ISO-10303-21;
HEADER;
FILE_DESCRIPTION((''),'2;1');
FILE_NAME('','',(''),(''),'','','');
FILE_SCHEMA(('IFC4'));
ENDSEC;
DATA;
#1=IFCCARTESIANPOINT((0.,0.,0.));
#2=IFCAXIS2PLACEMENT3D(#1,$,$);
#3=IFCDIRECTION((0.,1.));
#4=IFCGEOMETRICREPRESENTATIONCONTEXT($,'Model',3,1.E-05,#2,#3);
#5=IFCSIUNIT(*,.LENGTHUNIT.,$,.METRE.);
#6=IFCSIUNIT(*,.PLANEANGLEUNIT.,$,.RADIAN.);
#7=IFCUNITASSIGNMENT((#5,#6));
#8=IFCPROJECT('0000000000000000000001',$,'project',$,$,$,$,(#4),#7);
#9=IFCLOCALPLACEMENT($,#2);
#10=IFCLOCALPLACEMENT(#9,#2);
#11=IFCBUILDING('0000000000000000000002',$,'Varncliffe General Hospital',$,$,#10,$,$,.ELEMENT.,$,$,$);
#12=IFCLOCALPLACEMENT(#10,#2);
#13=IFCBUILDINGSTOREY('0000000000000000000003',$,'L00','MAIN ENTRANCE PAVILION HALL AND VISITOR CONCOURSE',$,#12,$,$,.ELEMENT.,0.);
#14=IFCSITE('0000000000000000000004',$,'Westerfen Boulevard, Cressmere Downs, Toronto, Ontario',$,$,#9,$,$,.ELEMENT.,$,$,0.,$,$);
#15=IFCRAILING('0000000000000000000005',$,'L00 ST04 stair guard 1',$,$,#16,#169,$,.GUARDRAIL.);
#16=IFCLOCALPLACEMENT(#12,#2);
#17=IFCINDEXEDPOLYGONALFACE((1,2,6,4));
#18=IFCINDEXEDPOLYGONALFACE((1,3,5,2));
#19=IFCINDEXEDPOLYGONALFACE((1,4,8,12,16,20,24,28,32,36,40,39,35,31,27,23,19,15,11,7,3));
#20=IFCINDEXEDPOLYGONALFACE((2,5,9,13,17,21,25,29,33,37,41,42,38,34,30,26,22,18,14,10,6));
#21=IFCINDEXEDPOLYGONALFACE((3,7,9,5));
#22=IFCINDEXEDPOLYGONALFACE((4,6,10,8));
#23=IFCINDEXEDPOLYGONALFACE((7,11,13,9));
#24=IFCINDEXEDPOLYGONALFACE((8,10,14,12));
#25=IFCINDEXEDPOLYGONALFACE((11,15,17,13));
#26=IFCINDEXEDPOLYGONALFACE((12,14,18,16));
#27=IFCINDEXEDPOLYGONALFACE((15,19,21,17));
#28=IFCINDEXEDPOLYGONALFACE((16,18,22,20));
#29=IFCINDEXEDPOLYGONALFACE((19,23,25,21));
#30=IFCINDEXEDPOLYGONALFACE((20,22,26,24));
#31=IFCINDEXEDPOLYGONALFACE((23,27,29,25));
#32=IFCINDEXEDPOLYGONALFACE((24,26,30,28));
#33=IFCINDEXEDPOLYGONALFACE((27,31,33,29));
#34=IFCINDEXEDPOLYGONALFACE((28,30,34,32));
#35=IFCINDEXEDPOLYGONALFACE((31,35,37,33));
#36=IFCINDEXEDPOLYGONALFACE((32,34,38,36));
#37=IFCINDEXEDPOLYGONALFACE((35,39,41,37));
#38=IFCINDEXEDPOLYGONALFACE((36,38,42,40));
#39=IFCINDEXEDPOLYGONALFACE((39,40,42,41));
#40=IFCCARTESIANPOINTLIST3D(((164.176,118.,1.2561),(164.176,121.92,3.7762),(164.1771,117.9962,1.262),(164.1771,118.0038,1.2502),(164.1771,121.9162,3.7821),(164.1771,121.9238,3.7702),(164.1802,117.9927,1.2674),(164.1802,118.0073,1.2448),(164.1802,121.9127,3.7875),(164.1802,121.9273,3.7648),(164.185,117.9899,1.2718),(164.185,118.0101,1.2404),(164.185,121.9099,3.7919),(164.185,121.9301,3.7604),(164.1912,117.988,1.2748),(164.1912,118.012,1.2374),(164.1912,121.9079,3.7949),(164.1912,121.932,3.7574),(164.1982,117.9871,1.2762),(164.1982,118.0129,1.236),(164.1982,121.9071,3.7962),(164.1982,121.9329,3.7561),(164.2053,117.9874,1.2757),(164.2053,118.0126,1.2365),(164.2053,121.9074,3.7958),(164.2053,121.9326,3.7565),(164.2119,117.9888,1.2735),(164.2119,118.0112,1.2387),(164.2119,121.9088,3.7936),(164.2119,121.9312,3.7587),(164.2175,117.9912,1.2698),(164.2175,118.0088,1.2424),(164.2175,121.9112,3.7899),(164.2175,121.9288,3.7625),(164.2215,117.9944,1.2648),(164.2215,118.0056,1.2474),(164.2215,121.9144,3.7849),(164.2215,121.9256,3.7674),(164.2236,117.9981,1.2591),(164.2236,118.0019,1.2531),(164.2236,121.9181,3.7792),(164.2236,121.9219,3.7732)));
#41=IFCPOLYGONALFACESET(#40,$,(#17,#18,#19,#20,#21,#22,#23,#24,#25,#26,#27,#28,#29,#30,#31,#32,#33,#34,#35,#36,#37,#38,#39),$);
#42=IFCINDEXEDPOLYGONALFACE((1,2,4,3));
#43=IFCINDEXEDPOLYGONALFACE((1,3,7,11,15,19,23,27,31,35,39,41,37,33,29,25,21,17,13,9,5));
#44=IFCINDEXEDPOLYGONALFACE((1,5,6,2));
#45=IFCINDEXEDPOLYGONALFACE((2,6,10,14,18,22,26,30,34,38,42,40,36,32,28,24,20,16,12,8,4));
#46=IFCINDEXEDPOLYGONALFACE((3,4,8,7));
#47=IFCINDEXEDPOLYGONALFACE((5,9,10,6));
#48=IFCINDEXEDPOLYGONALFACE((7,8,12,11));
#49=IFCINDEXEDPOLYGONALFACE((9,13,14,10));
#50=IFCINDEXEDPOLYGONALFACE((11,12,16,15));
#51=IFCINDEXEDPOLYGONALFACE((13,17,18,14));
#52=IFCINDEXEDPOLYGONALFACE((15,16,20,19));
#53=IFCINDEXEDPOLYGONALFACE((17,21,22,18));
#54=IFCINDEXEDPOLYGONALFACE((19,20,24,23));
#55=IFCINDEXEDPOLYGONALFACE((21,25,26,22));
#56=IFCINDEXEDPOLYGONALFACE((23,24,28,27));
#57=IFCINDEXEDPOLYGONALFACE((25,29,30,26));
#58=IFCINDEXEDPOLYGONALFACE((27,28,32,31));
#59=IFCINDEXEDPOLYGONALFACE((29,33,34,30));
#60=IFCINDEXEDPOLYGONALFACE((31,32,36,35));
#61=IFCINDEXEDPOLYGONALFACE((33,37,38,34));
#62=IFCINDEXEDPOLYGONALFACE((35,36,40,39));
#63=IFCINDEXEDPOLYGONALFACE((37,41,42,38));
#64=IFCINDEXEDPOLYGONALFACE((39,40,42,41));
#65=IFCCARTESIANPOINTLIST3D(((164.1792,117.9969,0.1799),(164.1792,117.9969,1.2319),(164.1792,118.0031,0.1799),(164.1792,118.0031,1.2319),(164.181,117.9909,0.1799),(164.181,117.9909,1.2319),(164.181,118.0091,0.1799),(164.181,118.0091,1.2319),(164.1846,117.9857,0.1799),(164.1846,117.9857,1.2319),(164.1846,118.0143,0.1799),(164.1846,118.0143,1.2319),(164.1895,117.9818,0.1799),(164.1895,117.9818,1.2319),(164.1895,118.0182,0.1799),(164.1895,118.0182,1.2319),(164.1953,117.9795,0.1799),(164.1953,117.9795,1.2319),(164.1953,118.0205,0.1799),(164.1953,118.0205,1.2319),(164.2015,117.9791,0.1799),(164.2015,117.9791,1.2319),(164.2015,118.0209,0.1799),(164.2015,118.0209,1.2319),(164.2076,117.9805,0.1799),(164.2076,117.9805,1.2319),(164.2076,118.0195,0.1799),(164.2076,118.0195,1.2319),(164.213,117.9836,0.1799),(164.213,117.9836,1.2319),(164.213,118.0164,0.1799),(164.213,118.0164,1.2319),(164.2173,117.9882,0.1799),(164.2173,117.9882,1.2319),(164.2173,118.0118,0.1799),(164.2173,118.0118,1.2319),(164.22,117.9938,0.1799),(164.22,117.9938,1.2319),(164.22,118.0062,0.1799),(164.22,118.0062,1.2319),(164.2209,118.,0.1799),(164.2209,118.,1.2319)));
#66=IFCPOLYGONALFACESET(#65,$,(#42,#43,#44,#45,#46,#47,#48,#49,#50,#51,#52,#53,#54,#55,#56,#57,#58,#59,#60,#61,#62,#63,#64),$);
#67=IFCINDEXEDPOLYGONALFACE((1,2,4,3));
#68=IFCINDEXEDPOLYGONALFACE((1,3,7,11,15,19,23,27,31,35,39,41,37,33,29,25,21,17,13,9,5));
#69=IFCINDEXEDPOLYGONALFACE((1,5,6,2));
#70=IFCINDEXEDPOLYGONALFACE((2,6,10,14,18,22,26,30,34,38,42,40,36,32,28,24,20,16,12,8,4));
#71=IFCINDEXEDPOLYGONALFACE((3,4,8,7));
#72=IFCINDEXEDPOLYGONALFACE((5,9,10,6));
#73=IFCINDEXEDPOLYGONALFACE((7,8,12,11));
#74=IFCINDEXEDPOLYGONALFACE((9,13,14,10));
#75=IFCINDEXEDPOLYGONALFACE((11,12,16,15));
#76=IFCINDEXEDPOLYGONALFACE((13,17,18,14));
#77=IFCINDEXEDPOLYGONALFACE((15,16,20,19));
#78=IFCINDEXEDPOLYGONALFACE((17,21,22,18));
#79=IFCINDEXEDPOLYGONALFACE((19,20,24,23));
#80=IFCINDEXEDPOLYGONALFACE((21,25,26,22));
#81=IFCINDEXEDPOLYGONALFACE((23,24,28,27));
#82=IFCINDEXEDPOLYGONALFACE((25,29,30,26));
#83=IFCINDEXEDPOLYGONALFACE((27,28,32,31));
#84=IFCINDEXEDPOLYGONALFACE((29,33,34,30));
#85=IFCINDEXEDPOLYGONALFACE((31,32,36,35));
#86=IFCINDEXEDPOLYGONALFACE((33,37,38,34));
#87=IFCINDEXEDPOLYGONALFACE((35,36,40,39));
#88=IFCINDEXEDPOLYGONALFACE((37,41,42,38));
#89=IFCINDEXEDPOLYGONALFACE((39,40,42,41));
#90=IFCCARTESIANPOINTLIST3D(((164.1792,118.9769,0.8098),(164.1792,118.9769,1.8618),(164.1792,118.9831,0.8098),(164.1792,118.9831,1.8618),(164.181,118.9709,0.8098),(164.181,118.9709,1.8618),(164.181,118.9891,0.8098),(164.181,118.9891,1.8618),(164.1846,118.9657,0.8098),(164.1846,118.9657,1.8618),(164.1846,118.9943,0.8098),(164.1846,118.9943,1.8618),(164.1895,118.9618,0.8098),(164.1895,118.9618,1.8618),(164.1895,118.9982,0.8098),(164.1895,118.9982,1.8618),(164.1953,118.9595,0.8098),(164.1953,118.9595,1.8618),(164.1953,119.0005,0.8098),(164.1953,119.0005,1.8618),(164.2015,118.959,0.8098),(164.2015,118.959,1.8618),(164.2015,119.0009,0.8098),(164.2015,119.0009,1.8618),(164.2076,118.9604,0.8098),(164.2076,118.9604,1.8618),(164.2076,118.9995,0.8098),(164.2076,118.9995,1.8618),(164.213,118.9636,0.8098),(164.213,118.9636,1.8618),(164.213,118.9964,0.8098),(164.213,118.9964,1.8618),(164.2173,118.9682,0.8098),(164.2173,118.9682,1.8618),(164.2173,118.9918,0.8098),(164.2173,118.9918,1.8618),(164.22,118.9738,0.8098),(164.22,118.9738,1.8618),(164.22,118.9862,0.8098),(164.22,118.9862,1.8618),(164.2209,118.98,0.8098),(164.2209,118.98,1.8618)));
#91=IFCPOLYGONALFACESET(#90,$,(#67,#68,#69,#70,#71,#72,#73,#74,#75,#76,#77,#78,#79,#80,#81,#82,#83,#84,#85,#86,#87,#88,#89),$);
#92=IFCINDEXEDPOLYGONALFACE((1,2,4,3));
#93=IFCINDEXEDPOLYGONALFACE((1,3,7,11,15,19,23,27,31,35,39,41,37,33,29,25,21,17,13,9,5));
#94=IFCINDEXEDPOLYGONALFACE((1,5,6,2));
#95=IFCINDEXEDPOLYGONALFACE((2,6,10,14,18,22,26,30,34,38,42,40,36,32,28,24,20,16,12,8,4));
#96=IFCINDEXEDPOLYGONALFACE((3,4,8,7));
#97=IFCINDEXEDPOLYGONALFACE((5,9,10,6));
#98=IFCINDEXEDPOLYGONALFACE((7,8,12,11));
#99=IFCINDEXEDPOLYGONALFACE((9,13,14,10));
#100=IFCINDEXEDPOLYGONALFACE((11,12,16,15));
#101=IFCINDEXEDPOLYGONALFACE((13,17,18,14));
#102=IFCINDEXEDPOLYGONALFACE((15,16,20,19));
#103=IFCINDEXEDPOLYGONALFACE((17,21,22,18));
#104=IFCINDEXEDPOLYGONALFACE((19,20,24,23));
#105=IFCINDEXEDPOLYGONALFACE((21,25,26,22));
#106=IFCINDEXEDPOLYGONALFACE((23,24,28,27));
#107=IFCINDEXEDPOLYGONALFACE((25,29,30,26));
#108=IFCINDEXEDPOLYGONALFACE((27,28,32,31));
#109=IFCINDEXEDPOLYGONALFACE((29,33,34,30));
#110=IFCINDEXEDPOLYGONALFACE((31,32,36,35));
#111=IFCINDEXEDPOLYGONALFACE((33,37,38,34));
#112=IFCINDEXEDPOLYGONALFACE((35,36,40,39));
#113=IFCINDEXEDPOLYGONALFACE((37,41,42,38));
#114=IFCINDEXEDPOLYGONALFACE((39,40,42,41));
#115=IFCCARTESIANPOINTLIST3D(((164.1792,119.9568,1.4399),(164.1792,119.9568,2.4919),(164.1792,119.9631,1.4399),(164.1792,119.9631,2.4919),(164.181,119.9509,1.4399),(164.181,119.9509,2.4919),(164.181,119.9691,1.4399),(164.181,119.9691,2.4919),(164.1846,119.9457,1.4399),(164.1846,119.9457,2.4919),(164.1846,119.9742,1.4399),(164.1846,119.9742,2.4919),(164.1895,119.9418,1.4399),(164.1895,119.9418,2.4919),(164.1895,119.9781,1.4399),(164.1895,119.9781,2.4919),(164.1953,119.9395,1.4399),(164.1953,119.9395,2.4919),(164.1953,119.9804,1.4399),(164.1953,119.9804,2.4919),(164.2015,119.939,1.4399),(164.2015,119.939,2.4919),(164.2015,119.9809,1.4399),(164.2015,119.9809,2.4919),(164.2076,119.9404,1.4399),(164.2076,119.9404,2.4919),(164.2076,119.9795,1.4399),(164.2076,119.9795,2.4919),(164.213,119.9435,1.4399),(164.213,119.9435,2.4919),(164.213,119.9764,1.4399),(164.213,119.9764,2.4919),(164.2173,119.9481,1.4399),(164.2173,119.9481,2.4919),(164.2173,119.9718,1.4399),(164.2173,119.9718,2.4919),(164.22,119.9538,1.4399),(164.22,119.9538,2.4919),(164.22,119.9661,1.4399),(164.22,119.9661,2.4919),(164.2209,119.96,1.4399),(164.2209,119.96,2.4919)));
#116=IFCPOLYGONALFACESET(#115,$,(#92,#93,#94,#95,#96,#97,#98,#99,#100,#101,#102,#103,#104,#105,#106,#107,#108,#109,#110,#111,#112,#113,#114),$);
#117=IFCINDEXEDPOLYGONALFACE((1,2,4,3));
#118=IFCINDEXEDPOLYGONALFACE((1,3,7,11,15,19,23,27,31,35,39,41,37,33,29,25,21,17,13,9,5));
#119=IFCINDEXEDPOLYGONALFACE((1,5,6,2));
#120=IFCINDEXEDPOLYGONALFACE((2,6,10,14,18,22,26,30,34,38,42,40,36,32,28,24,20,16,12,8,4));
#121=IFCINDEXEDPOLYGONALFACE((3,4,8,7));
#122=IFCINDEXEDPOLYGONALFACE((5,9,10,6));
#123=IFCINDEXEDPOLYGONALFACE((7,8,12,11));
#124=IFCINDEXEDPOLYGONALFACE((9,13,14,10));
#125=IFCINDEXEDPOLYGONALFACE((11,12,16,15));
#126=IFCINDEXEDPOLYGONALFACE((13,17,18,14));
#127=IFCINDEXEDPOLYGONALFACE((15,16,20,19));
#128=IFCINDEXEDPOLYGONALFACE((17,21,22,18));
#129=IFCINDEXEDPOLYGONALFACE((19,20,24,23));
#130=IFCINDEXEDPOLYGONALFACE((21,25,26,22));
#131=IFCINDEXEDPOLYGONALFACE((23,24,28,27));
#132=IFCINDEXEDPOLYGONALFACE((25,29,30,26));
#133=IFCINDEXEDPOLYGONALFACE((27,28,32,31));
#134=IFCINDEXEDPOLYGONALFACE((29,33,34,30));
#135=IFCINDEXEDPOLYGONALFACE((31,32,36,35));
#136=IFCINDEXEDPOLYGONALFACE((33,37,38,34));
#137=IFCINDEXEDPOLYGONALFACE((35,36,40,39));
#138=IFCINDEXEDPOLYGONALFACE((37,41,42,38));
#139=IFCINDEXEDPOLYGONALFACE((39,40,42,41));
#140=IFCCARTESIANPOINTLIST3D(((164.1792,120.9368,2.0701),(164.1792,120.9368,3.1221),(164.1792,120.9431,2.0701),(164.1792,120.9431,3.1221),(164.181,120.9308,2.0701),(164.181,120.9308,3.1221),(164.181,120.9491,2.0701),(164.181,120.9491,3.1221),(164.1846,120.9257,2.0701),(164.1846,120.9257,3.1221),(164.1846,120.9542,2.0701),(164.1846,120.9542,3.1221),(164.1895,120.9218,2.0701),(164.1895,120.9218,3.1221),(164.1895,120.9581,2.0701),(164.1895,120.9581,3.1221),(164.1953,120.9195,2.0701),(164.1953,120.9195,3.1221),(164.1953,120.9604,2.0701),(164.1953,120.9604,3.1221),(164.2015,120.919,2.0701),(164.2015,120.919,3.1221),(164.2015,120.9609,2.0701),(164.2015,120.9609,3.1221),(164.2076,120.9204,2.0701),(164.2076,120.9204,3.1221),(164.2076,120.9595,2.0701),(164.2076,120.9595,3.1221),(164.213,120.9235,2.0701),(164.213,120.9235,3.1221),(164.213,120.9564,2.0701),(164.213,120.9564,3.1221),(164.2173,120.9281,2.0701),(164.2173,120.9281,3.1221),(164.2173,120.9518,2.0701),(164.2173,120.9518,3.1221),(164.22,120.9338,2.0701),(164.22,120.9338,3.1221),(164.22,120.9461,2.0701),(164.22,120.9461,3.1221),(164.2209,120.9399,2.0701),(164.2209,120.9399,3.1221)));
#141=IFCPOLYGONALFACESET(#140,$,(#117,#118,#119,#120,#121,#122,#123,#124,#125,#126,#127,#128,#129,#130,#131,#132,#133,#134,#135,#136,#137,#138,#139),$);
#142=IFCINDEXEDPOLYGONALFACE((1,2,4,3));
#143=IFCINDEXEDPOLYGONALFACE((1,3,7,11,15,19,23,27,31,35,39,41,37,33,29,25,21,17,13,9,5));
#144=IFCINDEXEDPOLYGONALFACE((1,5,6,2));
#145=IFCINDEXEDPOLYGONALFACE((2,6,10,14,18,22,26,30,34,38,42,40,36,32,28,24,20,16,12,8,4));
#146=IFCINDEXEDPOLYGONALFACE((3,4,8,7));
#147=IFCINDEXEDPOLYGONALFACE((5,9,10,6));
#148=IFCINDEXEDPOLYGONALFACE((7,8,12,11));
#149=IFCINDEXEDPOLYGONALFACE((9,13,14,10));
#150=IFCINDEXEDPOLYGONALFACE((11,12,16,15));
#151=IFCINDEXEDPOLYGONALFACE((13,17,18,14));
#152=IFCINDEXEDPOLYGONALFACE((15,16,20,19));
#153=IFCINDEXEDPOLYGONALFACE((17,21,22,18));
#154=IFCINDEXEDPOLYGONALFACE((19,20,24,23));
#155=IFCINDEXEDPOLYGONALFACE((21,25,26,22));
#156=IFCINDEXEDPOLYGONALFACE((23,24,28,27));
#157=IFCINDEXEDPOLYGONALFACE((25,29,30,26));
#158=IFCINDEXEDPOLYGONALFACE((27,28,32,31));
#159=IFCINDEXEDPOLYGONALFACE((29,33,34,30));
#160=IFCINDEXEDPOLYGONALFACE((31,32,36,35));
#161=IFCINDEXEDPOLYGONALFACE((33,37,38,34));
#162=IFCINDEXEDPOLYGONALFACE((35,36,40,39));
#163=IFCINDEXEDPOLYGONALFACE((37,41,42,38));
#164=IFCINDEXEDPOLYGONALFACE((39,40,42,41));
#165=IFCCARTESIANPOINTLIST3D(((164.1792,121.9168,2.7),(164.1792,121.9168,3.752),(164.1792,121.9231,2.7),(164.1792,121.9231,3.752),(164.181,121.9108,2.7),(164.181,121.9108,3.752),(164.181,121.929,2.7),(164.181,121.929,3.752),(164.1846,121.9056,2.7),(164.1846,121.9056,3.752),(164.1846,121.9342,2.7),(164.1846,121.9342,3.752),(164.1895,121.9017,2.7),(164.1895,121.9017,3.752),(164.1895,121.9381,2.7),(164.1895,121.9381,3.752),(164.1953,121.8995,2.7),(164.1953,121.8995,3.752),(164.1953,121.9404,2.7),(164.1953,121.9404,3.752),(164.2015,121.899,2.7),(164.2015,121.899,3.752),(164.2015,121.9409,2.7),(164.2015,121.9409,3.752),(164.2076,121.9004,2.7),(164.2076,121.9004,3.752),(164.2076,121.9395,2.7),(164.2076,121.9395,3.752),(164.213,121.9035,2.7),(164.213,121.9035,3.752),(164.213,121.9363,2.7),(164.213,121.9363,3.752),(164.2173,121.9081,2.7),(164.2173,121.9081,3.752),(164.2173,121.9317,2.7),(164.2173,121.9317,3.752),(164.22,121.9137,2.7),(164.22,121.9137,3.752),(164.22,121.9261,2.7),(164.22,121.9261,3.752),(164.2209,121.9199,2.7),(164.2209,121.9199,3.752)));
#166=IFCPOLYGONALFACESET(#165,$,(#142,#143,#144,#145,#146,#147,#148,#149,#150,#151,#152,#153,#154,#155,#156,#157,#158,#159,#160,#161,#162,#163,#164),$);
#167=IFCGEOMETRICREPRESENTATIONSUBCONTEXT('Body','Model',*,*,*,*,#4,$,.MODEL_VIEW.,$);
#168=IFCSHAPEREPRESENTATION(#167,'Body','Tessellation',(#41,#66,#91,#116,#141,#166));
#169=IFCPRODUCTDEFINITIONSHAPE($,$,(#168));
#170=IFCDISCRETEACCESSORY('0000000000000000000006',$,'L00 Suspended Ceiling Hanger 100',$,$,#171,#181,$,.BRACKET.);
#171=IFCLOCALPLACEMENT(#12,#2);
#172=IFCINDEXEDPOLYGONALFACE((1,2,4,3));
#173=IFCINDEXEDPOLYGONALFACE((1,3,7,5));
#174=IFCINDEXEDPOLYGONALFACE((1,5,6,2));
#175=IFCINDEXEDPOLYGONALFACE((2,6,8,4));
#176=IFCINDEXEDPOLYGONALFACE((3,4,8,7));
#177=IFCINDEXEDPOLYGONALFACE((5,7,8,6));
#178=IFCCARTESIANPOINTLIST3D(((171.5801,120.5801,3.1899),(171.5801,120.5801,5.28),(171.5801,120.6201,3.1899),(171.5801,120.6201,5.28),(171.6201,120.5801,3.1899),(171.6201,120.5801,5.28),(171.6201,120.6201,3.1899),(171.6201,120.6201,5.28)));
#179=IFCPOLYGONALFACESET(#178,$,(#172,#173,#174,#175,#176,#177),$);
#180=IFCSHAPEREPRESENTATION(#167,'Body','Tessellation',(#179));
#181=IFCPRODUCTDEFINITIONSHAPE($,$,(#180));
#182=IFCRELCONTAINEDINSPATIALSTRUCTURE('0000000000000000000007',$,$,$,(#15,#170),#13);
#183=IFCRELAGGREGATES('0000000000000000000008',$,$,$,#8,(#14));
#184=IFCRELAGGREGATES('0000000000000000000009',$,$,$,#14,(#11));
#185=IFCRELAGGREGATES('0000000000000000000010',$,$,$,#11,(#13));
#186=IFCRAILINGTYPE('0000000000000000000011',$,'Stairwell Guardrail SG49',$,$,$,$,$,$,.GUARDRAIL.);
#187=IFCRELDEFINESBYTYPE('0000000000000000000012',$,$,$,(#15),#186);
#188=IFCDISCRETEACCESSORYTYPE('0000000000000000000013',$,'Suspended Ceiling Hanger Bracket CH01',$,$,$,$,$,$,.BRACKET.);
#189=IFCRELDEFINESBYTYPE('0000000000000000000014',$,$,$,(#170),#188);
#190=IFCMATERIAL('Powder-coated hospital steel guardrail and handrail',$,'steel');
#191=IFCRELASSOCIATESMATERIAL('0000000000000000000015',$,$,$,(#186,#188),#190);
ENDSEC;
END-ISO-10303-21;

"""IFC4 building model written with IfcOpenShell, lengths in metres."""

from ifc_helpers import new_model, si_unit, direction, frame, origin, origin_2d, place, context, subcontext, project, spatial, rectangle, circle, extrude, material, type_object, element, save


model = new_model("IFC4")

# Units and contexts
model_context = context("Model", 3, precision=1e-05, world=origin(), true_north=direction((0.0, 1.0)))
body_context = subcontext(model_context, "Body", "Model", "MODEL_VIEW")
ifc_project = project(units=[si_unit("LENGTHUNIT", "METRE"), si_unit("PLANEANGLEUNIT", "RADIAN")], contexts=[model_context])

# Site, building, storey
site_placement = place(None, origin())
site = spatial("IfcSite", under=ifc_project, at=site_placement, Name="Westerfen Boulevard, Cressmere Downs, Toronto, Ontario", CompositionType="ELEMENT", RefElevation=0.0)
building_placement = place(site_placement, origin())
building = spatial("IfcBuilding", under=site, at=building_placement, Name="Varncliffe General Hospital", CompositionType="ELEMENT")
storey_placement = place(building_placement, origin())
storey = spatial("IfcBuildingStorey", under=building, at=storey_placement, Name="L00", Description="MAIN ENTRANCE PAVILION HALL AND VISITOR CONCOURSE", CompositionType="ELEMENT", Elevation=0.0)

# Railing
ifc_material_1 = material(Name="Powder-coated hospital steel guardrail and handrail", Category="steel")
railing_type_1 = type_object("IfcRailingType", Name="Stairwell Guardrail SG49", PredefinedType="GUARDRAIL", material=ifc_material_1)
railing_1_placement = place(storey_placement, frame((164.2, 118.0, 0.1799)))
element("IfcRailing", 1, at=railing_1_placement, inside=storey, type_object=railing_type_1, Name="L00 ST04 stair guard 1", PredefinedType="GUARDRAIL", context=body_context, shape_type="SweptSolid", body=[
    extrude(circle(Radius=0.0239, at=origin_2d()), frame((0.0, 0.0, 1.0762), z_axis=(0.0, 0.841172, 0.540768), x_axis=(-1.0, 0.0, 0.0)), (0.0, 0.0, 1.0), 4.6602),
    extrude(circle(Radius=0.021, at=origin_2d()), origin(), (0.0, 0.0, 1.0), 1.052),
    extrude(circle(Radius=0.021, at=origin_2d()), frame((0.0, 0.98, 0.6299)), (0.0, 0.0, 1.0), 1.052),
    extrude(circle(Radius=0.021, at=origin_2d()), frame((0.0, 1.96, 1.26)), (0.0, 0.0, 1.0), 1.052),
    extrude(circle(Radius=0.021, at=origin_2d()), frame((0.0, 2.9399, 1.8901)), (0.0, 0.0, 1.0), 1.052),
    extrude(circle(Radius=0.021, at=origin_2d()), frame((0.0, 3.9199, 2.52)), (0.0, 0.0, 1.0), 1.052),
])

# Discrete accessory
discrete_accessory_type = type_object("IfcDiscreteAccessoryType", Name="Suspended Ceiling Hanger Bracket CH01", PredefinedType="BRACKET", material=ifc_material_1)
discrete_accessory_placement = place(storey_placement, frame((171.6001, 120.6001, 3.1899), z_axis=(0.0, 0.0, 1.0), x_axis=(1.0, 0.0, 0.0)))
element("IfcDiscreteAccessory", 2, at=discrete_accessory_placement, inside=storey, type_object=discrete_accessory_type, Name="L00 Suspended Ceiling Hanger 100", PredefinedType="BRACKET", context=body_context, shape_type="SweptSolid", body=[
    extrude(rectangle(XDim=0.04, YDim=0.04, at=origin_2d()), origin(), (0.0, 0.0, 1.0), 2.0901),
])

save(model, "model.ifc")
